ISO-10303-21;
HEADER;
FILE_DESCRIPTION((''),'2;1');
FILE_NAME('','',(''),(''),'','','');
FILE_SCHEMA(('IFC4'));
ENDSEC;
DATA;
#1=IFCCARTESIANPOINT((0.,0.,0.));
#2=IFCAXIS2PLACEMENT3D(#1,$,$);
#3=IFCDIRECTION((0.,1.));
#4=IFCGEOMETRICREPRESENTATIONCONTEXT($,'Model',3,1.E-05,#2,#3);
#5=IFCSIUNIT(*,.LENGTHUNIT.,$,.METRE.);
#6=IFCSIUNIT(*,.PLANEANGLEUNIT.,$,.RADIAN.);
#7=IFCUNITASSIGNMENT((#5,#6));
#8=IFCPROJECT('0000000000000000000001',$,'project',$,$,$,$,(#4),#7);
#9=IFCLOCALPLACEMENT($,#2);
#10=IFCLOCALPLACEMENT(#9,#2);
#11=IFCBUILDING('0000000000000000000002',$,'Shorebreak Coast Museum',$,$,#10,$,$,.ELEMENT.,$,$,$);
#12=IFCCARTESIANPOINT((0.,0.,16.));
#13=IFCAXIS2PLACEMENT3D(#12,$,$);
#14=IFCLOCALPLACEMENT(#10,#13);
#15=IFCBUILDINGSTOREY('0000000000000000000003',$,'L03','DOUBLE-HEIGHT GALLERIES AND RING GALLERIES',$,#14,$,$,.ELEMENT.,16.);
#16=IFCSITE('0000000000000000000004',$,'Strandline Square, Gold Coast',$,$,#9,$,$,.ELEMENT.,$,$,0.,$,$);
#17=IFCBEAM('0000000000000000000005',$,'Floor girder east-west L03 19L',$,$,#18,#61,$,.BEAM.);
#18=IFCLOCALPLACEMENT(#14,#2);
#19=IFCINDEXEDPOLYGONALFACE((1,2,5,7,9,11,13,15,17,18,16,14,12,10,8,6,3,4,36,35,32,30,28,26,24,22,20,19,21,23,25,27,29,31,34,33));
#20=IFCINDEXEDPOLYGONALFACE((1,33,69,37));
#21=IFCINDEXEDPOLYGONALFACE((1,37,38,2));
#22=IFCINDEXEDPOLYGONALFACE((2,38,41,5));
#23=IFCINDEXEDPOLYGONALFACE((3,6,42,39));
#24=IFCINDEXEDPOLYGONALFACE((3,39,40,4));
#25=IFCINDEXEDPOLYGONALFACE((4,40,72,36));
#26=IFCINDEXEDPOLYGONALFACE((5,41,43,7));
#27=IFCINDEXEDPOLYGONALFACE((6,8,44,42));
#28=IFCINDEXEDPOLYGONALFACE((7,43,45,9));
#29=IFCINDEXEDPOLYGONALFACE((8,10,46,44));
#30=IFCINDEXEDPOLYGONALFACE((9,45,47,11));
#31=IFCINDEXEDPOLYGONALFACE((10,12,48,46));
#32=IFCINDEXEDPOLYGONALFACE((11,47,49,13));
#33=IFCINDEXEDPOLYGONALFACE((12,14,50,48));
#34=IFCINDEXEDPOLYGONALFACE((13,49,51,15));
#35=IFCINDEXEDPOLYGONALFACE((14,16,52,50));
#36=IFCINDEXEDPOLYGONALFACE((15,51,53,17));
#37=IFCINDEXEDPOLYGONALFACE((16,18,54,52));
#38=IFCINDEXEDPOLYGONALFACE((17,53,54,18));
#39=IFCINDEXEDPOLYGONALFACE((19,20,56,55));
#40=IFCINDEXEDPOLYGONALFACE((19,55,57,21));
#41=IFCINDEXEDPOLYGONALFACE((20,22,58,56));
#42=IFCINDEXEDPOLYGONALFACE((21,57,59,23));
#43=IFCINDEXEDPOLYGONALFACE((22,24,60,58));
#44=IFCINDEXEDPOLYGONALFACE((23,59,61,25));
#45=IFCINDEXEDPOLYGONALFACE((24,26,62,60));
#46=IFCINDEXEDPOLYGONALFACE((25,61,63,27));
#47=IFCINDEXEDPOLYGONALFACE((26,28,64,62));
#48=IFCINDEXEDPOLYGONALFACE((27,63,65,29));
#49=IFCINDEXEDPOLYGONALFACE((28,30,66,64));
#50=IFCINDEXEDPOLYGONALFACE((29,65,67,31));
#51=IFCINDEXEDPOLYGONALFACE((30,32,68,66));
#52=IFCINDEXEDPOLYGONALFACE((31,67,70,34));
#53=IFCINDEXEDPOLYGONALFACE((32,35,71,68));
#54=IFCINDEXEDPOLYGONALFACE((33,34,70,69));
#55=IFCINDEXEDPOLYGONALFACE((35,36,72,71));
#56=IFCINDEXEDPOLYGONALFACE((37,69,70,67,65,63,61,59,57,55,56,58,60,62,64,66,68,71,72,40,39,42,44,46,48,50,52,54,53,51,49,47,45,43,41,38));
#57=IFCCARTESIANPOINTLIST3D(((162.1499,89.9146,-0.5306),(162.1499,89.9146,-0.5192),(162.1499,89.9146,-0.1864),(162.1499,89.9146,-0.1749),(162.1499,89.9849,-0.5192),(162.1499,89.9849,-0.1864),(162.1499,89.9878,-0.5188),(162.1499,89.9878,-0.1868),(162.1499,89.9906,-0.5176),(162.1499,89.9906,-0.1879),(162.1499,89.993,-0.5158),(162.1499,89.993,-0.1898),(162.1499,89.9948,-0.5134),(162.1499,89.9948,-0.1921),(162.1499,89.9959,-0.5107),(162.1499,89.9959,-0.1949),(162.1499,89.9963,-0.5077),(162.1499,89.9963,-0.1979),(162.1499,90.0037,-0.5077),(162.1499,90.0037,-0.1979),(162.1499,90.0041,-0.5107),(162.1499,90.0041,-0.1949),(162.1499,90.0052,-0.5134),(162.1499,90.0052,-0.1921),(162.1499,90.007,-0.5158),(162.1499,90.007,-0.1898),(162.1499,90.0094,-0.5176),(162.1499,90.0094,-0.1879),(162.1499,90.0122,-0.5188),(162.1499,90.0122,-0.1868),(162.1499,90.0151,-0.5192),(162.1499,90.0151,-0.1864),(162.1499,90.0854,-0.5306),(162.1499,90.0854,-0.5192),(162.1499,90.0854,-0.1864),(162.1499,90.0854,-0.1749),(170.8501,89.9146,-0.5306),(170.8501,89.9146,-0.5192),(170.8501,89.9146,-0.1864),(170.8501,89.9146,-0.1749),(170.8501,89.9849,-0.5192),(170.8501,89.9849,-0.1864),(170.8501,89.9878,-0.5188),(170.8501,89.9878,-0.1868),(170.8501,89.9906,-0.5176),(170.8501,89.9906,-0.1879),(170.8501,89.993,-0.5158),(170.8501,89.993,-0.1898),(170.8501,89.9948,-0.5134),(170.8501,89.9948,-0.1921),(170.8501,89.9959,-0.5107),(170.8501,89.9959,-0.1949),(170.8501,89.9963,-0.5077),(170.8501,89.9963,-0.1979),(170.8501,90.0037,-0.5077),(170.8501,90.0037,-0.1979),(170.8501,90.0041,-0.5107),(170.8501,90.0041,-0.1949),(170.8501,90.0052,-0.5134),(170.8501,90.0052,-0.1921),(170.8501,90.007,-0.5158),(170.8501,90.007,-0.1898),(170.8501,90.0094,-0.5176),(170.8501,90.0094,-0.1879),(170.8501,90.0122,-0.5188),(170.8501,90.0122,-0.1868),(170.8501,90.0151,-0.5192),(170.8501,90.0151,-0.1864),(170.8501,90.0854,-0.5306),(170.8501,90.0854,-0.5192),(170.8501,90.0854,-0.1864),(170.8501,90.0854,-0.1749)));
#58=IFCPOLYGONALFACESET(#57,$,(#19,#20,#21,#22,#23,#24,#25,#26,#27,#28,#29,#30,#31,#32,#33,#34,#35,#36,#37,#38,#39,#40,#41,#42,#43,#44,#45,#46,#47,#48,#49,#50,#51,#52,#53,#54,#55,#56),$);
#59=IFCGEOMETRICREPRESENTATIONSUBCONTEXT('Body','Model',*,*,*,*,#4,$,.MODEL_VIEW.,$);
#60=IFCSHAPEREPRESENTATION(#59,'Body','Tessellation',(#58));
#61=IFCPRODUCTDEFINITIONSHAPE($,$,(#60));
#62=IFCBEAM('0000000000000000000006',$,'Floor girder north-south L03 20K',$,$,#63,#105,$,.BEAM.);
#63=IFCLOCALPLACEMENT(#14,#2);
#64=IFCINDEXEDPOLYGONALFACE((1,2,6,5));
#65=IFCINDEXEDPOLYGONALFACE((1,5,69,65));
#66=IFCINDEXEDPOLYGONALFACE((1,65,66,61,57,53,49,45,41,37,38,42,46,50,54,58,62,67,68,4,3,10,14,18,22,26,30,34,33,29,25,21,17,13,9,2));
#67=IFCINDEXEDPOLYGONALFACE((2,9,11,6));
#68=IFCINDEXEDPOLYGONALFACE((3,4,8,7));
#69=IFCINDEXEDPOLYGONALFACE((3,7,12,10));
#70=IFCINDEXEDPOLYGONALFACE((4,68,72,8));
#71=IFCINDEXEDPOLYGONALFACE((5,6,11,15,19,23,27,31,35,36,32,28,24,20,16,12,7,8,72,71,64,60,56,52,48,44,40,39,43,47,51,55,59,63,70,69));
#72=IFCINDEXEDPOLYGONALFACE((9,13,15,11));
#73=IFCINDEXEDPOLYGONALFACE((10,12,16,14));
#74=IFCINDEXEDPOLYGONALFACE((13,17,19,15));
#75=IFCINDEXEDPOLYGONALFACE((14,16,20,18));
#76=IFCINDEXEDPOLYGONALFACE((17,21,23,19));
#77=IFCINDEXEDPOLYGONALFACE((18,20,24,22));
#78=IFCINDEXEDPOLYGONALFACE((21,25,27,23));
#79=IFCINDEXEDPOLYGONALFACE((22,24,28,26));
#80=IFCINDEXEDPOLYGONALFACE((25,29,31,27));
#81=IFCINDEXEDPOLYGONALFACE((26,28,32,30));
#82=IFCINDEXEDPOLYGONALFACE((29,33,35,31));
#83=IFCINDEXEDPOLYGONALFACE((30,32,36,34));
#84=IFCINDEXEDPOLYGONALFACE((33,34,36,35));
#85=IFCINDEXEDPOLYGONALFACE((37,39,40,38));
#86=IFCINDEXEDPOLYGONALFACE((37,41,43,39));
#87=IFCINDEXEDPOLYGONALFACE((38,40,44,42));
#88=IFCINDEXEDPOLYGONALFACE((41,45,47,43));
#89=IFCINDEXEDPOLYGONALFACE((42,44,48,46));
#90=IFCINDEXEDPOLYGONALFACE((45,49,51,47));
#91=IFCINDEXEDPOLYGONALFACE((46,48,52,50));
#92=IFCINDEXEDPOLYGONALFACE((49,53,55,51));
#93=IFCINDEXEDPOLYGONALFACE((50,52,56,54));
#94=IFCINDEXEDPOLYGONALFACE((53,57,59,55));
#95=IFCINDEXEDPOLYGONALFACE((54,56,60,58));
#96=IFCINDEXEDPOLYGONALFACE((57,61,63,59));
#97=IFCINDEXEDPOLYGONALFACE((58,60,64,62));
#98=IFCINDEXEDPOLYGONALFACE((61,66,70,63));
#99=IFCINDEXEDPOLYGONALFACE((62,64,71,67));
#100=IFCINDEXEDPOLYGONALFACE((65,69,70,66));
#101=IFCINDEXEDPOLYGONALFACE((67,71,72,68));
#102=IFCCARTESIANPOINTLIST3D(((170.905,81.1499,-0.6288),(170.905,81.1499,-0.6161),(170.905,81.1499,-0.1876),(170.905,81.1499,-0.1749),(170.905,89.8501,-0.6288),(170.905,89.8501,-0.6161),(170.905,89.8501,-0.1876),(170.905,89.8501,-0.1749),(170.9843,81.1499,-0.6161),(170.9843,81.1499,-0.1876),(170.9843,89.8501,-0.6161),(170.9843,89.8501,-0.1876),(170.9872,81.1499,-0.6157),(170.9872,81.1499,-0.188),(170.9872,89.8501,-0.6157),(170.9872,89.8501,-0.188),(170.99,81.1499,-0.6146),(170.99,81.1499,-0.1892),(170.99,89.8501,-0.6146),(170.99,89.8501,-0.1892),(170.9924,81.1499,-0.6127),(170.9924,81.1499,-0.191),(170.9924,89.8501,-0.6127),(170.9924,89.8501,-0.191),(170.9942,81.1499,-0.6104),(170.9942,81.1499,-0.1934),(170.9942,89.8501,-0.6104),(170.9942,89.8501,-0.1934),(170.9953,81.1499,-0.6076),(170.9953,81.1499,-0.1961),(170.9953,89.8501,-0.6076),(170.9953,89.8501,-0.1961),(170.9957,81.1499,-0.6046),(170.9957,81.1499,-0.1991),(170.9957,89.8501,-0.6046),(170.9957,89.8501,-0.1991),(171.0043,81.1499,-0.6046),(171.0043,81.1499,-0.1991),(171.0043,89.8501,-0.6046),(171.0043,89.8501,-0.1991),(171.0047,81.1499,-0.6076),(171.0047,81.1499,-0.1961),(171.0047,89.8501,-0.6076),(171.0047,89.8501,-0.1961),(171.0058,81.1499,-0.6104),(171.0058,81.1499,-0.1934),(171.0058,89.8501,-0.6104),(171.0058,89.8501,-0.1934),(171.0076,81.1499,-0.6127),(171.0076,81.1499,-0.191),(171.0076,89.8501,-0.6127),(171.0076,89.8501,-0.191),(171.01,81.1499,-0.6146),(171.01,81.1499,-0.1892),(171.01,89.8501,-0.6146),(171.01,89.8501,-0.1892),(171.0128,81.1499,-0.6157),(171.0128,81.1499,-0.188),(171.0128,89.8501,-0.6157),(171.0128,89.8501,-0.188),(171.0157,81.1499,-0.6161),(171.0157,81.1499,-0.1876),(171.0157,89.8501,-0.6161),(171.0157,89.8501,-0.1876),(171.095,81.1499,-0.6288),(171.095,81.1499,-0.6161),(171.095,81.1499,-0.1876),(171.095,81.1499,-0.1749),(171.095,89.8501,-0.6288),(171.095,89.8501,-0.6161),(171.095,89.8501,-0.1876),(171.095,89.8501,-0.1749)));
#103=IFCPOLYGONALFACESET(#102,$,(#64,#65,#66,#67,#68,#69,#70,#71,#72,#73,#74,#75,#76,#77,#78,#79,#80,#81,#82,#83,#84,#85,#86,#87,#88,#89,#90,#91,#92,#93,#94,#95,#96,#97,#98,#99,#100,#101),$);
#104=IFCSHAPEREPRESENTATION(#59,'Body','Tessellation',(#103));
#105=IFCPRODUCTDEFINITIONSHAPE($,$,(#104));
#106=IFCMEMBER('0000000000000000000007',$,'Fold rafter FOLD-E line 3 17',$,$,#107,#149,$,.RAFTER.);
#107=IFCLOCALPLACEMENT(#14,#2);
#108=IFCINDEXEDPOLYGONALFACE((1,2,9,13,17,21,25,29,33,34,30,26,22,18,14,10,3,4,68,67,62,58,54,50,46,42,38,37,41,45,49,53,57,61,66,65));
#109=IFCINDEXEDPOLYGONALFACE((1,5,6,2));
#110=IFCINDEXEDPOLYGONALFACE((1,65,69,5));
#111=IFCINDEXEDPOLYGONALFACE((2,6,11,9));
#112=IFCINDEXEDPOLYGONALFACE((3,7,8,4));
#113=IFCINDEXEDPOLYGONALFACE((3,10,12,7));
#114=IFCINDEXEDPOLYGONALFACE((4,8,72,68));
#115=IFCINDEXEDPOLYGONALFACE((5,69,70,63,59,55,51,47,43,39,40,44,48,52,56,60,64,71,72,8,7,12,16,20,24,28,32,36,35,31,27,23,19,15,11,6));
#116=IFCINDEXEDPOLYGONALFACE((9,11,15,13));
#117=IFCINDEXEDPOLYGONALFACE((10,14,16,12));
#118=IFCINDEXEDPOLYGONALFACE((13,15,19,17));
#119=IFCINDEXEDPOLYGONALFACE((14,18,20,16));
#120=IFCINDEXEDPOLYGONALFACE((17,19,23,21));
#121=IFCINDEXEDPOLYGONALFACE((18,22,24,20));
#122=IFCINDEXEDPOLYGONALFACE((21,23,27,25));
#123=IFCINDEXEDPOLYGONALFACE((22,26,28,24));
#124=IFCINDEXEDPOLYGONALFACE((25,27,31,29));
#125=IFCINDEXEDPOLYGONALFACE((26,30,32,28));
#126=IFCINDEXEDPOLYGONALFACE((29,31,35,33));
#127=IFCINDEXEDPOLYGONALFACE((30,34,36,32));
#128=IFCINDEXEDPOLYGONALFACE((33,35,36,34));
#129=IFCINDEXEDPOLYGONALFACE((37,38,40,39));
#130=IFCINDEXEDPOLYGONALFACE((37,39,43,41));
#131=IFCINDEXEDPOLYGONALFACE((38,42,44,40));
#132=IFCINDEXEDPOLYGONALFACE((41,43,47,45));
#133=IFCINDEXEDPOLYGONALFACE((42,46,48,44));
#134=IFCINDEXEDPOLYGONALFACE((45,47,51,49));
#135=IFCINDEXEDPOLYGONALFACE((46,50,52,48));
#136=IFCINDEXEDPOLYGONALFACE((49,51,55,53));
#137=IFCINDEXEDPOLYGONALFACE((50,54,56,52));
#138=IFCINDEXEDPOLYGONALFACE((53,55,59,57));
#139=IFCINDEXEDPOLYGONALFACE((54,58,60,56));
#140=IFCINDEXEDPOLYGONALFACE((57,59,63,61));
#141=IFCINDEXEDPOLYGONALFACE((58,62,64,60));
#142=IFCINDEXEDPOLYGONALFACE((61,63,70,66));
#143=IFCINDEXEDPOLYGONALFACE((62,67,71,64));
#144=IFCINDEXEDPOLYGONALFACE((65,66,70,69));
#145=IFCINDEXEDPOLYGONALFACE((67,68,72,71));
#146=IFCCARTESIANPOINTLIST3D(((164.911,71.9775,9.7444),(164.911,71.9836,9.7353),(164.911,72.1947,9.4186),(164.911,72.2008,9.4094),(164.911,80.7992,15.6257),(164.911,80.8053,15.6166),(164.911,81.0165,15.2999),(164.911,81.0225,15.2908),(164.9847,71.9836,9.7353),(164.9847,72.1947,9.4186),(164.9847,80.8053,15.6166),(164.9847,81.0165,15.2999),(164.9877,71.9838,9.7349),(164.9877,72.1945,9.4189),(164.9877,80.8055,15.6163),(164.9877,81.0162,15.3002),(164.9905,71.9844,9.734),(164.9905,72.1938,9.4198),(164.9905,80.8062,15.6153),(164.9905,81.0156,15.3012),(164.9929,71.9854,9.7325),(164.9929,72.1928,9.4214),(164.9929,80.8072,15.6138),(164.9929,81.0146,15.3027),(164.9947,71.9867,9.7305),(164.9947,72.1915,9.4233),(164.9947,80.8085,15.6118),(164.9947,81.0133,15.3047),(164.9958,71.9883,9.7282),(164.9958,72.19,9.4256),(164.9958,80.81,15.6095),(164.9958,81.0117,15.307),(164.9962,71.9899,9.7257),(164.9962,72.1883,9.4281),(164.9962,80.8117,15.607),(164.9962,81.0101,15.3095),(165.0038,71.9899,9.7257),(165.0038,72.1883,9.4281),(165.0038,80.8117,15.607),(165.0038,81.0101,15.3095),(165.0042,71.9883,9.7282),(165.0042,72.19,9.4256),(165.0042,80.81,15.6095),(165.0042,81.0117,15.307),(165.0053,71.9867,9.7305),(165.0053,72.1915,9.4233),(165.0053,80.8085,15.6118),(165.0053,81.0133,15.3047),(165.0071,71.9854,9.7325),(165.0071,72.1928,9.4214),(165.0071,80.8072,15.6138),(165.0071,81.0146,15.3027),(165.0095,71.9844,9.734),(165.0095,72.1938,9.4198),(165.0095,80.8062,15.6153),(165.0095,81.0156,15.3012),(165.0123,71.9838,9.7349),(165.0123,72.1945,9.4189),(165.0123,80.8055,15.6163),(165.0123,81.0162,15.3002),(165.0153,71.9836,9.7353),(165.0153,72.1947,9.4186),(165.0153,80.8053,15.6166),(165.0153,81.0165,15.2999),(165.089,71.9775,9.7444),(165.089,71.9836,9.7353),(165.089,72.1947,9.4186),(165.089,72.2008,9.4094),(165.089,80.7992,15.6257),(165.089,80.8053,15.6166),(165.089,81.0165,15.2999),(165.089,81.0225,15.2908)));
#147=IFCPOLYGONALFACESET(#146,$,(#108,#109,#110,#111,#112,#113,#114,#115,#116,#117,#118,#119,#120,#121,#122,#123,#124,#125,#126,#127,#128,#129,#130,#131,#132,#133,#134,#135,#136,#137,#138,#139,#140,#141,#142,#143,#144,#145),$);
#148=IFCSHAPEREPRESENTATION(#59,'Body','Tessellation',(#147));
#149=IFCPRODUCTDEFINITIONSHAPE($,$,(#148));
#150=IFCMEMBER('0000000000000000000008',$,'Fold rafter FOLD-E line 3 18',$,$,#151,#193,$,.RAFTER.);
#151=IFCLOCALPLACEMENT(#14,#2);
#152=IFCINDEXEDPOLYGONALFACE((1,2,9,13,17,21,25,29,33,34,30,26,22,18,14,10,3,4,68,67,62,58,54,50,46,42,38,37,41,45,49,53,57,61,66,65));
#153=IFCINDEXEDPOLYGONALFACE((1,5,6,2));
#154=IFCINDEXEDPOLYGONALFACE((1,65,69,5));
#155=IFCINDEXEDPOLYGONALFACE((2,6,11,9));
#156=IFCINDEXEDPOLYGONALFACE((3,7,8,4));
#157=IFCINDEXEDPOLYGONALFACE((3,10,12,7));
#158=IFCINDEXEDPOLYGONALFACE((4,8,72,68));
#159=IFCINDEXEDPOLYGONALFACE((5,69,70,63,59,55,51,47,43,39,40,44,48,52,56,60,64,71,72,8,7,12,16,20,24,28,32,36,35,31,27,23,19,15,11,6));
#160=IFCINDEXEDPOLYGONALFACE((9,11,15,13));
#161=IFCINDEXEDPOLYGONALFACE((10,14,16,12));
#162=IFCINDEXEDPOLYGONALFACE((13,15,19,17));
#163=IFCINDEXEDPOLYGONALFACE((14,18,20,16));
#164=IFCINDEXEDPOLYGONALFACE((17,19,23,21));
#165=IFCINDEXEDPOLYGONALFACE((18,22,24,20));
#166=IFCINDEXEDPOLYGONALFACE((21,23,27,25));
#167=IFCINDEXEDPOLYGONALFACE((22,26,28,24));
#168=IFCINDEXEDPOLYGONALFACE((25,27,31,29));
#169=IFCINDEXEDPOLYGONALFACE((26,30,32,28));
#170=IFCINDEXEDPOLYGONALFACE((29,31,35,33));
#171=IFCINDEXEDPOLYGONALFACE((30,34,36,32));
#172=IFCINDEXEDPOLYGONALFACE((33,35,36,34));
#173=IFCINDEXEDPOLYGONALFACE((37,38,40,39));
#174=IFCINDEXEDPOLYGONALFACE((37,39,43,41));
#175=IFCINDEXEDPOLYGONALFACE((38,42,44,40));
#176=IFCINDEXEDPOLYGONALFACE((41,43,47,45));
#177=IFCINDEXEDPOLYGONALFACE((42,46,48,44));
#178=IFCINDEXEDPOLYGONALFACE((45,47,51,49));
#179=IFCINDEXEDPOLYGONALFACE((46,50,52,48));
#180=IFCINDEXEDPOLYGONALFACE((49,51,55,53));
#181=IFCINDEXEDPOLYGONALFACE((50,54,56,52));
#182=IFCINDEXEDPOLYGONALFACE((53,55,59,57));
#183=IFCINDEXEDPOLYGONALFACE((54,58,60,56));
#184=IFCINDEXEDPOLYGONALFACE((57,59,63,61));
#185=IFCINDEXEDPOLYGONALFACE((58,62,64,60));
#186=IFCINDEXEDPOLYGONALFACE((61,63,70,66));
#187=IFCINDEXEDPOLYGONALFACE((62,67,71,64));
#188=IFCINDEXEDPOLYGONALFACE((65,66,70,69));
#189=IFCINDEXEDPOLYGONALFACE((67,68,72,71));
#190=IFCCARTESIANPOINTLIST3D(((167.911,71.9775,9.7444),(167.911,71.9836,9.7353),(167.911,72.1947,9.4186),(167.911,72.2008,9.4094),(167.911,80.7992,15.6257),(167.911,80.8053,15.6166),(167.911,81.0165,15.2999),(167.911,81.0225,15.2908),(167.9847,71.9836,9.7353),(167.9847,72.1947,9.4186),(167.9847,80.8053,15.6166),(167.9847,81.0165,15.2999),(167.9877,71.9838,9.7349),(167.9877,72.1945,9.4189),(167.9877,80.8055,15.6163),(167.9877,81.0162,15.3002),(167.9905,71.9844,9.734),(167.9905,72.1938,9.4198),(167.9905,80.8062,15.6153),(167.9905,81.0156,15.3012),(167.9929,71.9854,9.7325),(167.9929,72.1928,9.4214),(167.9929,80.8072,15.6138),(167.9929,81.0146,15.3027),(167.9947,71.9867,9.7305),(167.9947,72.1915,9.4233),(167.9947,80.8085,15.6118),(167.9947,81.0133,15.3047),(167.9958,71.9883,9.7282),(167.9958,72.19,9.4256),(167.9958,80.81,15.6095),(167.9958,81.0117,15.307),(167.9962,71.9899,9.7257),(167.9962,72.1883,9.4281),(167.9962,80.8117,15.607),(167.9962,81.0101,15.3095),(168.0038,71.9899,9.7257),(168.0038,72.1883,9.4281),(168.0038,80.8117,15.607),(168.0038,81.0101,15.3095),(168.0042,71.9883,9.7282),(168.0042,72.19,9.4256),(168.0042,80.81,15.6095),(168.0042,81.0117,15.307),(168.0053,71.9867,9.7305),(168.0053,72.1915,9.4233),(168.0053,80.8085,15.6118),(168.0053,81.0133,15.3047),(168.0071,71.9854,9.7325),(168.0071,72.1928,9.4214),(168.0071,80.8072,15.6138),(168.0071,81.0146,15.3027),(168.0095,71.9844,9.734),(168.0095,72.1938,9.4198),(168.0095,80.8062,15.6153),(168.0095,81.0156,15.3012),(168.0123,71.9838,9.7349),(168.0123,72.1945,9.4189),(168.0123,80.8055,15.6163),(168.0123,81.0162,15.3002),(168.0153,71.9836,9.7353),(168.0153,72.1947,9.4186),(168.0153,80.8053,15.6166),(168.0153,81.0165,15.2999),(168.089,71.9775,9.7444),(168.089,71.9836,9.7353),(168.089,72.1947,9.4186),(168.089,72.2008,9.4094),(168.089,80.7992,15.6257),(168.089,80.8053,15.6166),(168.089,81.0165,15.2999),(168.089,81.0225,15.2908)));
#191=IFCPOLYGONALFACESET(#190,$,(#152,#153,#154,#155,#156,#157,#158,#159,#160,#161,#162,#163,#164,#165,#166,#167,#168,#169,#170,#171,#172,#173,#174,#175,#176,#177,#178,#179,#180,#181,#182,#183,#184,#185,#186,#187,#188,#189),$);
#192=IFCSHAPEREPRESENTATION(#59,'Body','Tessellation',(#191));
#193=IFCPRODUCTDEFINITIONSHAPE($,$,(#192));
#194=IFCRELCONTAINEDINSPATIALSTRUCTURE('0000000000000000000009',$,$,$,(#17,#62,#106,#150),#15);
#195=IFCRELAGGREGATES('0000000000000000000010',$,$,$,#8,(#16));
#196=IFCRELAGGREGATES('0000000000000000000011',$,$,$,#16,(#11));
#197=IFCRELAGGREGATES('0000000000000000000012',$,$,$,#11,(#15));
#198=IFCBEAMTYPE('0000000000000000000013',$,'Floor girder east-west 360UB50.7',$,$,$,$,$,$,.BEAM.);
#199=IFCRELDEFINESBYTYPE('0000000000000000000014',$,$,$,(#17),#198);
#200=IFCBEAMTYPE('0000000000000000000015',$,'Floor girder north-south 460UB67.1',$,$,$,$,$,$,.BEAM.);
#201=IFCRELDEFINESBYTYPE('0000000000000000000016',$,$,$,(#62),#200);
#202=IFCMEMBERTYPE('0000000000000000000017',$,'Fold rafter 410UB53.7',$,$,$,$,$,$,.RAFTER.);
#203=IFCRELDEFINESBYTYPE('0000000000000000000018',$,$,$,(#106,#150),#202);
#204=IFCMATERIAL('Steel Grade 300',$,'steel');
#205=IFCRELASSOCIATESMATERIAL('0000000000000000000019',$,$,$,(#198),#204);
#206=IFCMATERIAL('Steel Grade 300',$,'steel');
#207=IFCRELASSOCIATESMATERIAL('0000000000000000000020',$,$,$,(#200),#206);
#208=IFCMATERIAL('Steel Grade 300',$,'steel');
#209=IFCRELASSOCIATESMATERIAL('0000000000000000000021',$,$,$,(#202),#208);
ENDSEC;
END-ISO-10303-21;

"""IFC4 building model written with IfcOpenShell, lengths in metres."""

from ifc_helpers import new_model, si_unit, direction, frame, origin, origin_2d, place, context, subcontext, project, spatial, i_section, extrude, material, material_profile, profile_set, type_object, element, save


model = new_model("IFC4")

# Units and contexts
model_context = context("Model", 3, precision=1e-05, world=origin(), true_north=direction((0.0, 1.0)))
body_context = subcontext(model_context, "Body", "Model", "MODEL_VIEW")
ifc_project = project(units=[si_unit("LENGTHUNIT", "METRE"), si_unit("PLANEANGLEUNIT", "RADIAN")], contexts=[model_context])

# Site, building, storey
site_placement = place(None, origin())
site = spatial("IfcSite", under=ifc_project, at=site_placement, Name="Strandline Square, Gold Coast", CompositionType="ELEMENT", RefElevation=0.0)
building_placement = place(site_placement, origin())
building = spatial("IfcBuilding", under=site, at=building_placement, Name="Shorebreak Coast Museum", CompositionType="ELEMENT")
storey_placement = place(building_placement, frame((0.0, 0.0, 16.0)))
storey = spatial("IfcBuildingStorey", under=building, at=storey_placement, Name="L03", Description="DOUBLE-HEIGHT GALLERIES AND RING GALLERIES", CompositionType="ELEMENT", Elevation=16.0)

# Beams
ifc_material_1 = material(Name="Steel Grade 300", Category="steel")
ifc_material_profile_1 = material_profile(ifc_material_1, i_section(OverallWidth=0.1709, OverallDepth=0.3557, WebThickness=0.0073, FlangeThickness=0.0115, FilletRadius=0.0115, at=origin_2d()), Name="360UB50.7")
ifc_profile_set_1 = profile_set([ifc_material_profile_1], Name="Steel Grade 300")
beam_type_1 = type_object("IfcBeamType", Name="Floor girder east-west 360UB50.7", PredefinedType="BEAM", material=ifc_profile_set_1)
beam_1_placement = place(storey_placement, frame((162.1499, 90.0, -0.3528), z_axis=(1.0, 0.0, 0.0), x_axis=(0.0, 1.0, 0.0)))
element("IfcBeam", 1, at=beam_1_placement, inside=storey, type_object=beam_type_1, Name="Floor girder east-west L03 19L", PredefinedType="BEAM", context=body_context, shape_type="SweptSolid", body=[
    extrude(i_section(OverallWidth=0.1709, OverallDepth=0.3557, WebThickness=0.0073, FlangeThickness=0.0115, FilletRadius=0.0115, at=origin_2d()), origin(), (0.0, 0.0, 1.0), 8.7002),
])
ifc_material_2 = material(Name="Steel Grade 300", Category="steel")
ifc_material_profile_2 = material_profile(ifc_material_2, i_section(OverallWidth=0.1899, OverallDepth=0.4539, WebThickness=0.0085, FlangeThickness=0.0127, FilletRadius=0.0115, at=origin_2d()), Name="460UB67.1")
ifc_profile_set_2 = profile_set([ifc_material_profile_2], Name="Steel Grade 300")
beam_type_2 = type_object("IfcBeamType", Name="Floor girder north-south 460UB67.1", PredefinedType="BEAM", material=ifc_profile_set_2)
beam_2_placement = place(storey_placement, frame((171.0, 81.1499, -0.4019), z_axis=(0.0, 1.0, 0.0), x_axis=(-1.0, 0.0, 0.0)))
element("IfcBeam", 2, at=beam_2_placement, inside=storey, type_object=beam_type_2, Name="Floor girder north-south L03 20K", PredefinedType="BEAM", context=body_context, shape_type="SweptSolid", body=[
    extrude(i_section(OverallWidth=0.1899, OverallDepth=0.4539, WebThickness=0.0085, FlangeThickness=0.0127, FilletRadius=0.0115, at=origin_2d()), origin(), (0.0, 0.0, 1.0), 8.7002),
])

# Members
ifc_material_3 = material(Name="Steel Grade 300", Category="steel")
ifc_material_profile_3 = material_profile(ifc_material_3, i_section(OverallWidth=0.178, OverallDepth=0.4026, WebThickness=0.0076, FlangeThickness=0.011, FilletRadius=0.0115, at=origin_2d()), Name="410UB53.7")
ifc_profile_set_3 = profile_set([ifc_material_profile_3], Name="Steel Grade 300")
member_type_1 = type_object("IfcMemberType", Name="Fold rafter 410UB53.7", PredefinedType="RAFTER", material=ifc_profile_set_3)
for number, where, z_axis, x_axis, name in (
    (3, (165.0, 80.9109, 15.4583), (0.0, -0.832043, -0.554711), (1.0, 0.0, 0.0), "Fold rafter FOLD-E line 3 17"),
    (4, (168.0, 80.9109, 15.4583), (0.0, -0.832043, -0.554711), (1.0, 0.0, 0.0), "Fold rafter FOLD-E line 3 18"),
):
    element("IfcMember", number, at=place(storey_placement, frame(where, z_axis=z_axis, x_axis=x_axis)), inside=storey, type_object=member_type_1, Name=name, PredefinedType="RAFTER", context=body_context, shape_type="SweptSolid", body=[
        extrude(i_section(OverallWidth=0.178, OverallDepth=0.4026, WebThickness=0.0076, FlangeThickness=0.011, FilletRadius=0.0115, at=origin_2d()), origin(), (0.0, 0.0, 1.0), 10.6025),
    ])

save(model, "model.ifc")
